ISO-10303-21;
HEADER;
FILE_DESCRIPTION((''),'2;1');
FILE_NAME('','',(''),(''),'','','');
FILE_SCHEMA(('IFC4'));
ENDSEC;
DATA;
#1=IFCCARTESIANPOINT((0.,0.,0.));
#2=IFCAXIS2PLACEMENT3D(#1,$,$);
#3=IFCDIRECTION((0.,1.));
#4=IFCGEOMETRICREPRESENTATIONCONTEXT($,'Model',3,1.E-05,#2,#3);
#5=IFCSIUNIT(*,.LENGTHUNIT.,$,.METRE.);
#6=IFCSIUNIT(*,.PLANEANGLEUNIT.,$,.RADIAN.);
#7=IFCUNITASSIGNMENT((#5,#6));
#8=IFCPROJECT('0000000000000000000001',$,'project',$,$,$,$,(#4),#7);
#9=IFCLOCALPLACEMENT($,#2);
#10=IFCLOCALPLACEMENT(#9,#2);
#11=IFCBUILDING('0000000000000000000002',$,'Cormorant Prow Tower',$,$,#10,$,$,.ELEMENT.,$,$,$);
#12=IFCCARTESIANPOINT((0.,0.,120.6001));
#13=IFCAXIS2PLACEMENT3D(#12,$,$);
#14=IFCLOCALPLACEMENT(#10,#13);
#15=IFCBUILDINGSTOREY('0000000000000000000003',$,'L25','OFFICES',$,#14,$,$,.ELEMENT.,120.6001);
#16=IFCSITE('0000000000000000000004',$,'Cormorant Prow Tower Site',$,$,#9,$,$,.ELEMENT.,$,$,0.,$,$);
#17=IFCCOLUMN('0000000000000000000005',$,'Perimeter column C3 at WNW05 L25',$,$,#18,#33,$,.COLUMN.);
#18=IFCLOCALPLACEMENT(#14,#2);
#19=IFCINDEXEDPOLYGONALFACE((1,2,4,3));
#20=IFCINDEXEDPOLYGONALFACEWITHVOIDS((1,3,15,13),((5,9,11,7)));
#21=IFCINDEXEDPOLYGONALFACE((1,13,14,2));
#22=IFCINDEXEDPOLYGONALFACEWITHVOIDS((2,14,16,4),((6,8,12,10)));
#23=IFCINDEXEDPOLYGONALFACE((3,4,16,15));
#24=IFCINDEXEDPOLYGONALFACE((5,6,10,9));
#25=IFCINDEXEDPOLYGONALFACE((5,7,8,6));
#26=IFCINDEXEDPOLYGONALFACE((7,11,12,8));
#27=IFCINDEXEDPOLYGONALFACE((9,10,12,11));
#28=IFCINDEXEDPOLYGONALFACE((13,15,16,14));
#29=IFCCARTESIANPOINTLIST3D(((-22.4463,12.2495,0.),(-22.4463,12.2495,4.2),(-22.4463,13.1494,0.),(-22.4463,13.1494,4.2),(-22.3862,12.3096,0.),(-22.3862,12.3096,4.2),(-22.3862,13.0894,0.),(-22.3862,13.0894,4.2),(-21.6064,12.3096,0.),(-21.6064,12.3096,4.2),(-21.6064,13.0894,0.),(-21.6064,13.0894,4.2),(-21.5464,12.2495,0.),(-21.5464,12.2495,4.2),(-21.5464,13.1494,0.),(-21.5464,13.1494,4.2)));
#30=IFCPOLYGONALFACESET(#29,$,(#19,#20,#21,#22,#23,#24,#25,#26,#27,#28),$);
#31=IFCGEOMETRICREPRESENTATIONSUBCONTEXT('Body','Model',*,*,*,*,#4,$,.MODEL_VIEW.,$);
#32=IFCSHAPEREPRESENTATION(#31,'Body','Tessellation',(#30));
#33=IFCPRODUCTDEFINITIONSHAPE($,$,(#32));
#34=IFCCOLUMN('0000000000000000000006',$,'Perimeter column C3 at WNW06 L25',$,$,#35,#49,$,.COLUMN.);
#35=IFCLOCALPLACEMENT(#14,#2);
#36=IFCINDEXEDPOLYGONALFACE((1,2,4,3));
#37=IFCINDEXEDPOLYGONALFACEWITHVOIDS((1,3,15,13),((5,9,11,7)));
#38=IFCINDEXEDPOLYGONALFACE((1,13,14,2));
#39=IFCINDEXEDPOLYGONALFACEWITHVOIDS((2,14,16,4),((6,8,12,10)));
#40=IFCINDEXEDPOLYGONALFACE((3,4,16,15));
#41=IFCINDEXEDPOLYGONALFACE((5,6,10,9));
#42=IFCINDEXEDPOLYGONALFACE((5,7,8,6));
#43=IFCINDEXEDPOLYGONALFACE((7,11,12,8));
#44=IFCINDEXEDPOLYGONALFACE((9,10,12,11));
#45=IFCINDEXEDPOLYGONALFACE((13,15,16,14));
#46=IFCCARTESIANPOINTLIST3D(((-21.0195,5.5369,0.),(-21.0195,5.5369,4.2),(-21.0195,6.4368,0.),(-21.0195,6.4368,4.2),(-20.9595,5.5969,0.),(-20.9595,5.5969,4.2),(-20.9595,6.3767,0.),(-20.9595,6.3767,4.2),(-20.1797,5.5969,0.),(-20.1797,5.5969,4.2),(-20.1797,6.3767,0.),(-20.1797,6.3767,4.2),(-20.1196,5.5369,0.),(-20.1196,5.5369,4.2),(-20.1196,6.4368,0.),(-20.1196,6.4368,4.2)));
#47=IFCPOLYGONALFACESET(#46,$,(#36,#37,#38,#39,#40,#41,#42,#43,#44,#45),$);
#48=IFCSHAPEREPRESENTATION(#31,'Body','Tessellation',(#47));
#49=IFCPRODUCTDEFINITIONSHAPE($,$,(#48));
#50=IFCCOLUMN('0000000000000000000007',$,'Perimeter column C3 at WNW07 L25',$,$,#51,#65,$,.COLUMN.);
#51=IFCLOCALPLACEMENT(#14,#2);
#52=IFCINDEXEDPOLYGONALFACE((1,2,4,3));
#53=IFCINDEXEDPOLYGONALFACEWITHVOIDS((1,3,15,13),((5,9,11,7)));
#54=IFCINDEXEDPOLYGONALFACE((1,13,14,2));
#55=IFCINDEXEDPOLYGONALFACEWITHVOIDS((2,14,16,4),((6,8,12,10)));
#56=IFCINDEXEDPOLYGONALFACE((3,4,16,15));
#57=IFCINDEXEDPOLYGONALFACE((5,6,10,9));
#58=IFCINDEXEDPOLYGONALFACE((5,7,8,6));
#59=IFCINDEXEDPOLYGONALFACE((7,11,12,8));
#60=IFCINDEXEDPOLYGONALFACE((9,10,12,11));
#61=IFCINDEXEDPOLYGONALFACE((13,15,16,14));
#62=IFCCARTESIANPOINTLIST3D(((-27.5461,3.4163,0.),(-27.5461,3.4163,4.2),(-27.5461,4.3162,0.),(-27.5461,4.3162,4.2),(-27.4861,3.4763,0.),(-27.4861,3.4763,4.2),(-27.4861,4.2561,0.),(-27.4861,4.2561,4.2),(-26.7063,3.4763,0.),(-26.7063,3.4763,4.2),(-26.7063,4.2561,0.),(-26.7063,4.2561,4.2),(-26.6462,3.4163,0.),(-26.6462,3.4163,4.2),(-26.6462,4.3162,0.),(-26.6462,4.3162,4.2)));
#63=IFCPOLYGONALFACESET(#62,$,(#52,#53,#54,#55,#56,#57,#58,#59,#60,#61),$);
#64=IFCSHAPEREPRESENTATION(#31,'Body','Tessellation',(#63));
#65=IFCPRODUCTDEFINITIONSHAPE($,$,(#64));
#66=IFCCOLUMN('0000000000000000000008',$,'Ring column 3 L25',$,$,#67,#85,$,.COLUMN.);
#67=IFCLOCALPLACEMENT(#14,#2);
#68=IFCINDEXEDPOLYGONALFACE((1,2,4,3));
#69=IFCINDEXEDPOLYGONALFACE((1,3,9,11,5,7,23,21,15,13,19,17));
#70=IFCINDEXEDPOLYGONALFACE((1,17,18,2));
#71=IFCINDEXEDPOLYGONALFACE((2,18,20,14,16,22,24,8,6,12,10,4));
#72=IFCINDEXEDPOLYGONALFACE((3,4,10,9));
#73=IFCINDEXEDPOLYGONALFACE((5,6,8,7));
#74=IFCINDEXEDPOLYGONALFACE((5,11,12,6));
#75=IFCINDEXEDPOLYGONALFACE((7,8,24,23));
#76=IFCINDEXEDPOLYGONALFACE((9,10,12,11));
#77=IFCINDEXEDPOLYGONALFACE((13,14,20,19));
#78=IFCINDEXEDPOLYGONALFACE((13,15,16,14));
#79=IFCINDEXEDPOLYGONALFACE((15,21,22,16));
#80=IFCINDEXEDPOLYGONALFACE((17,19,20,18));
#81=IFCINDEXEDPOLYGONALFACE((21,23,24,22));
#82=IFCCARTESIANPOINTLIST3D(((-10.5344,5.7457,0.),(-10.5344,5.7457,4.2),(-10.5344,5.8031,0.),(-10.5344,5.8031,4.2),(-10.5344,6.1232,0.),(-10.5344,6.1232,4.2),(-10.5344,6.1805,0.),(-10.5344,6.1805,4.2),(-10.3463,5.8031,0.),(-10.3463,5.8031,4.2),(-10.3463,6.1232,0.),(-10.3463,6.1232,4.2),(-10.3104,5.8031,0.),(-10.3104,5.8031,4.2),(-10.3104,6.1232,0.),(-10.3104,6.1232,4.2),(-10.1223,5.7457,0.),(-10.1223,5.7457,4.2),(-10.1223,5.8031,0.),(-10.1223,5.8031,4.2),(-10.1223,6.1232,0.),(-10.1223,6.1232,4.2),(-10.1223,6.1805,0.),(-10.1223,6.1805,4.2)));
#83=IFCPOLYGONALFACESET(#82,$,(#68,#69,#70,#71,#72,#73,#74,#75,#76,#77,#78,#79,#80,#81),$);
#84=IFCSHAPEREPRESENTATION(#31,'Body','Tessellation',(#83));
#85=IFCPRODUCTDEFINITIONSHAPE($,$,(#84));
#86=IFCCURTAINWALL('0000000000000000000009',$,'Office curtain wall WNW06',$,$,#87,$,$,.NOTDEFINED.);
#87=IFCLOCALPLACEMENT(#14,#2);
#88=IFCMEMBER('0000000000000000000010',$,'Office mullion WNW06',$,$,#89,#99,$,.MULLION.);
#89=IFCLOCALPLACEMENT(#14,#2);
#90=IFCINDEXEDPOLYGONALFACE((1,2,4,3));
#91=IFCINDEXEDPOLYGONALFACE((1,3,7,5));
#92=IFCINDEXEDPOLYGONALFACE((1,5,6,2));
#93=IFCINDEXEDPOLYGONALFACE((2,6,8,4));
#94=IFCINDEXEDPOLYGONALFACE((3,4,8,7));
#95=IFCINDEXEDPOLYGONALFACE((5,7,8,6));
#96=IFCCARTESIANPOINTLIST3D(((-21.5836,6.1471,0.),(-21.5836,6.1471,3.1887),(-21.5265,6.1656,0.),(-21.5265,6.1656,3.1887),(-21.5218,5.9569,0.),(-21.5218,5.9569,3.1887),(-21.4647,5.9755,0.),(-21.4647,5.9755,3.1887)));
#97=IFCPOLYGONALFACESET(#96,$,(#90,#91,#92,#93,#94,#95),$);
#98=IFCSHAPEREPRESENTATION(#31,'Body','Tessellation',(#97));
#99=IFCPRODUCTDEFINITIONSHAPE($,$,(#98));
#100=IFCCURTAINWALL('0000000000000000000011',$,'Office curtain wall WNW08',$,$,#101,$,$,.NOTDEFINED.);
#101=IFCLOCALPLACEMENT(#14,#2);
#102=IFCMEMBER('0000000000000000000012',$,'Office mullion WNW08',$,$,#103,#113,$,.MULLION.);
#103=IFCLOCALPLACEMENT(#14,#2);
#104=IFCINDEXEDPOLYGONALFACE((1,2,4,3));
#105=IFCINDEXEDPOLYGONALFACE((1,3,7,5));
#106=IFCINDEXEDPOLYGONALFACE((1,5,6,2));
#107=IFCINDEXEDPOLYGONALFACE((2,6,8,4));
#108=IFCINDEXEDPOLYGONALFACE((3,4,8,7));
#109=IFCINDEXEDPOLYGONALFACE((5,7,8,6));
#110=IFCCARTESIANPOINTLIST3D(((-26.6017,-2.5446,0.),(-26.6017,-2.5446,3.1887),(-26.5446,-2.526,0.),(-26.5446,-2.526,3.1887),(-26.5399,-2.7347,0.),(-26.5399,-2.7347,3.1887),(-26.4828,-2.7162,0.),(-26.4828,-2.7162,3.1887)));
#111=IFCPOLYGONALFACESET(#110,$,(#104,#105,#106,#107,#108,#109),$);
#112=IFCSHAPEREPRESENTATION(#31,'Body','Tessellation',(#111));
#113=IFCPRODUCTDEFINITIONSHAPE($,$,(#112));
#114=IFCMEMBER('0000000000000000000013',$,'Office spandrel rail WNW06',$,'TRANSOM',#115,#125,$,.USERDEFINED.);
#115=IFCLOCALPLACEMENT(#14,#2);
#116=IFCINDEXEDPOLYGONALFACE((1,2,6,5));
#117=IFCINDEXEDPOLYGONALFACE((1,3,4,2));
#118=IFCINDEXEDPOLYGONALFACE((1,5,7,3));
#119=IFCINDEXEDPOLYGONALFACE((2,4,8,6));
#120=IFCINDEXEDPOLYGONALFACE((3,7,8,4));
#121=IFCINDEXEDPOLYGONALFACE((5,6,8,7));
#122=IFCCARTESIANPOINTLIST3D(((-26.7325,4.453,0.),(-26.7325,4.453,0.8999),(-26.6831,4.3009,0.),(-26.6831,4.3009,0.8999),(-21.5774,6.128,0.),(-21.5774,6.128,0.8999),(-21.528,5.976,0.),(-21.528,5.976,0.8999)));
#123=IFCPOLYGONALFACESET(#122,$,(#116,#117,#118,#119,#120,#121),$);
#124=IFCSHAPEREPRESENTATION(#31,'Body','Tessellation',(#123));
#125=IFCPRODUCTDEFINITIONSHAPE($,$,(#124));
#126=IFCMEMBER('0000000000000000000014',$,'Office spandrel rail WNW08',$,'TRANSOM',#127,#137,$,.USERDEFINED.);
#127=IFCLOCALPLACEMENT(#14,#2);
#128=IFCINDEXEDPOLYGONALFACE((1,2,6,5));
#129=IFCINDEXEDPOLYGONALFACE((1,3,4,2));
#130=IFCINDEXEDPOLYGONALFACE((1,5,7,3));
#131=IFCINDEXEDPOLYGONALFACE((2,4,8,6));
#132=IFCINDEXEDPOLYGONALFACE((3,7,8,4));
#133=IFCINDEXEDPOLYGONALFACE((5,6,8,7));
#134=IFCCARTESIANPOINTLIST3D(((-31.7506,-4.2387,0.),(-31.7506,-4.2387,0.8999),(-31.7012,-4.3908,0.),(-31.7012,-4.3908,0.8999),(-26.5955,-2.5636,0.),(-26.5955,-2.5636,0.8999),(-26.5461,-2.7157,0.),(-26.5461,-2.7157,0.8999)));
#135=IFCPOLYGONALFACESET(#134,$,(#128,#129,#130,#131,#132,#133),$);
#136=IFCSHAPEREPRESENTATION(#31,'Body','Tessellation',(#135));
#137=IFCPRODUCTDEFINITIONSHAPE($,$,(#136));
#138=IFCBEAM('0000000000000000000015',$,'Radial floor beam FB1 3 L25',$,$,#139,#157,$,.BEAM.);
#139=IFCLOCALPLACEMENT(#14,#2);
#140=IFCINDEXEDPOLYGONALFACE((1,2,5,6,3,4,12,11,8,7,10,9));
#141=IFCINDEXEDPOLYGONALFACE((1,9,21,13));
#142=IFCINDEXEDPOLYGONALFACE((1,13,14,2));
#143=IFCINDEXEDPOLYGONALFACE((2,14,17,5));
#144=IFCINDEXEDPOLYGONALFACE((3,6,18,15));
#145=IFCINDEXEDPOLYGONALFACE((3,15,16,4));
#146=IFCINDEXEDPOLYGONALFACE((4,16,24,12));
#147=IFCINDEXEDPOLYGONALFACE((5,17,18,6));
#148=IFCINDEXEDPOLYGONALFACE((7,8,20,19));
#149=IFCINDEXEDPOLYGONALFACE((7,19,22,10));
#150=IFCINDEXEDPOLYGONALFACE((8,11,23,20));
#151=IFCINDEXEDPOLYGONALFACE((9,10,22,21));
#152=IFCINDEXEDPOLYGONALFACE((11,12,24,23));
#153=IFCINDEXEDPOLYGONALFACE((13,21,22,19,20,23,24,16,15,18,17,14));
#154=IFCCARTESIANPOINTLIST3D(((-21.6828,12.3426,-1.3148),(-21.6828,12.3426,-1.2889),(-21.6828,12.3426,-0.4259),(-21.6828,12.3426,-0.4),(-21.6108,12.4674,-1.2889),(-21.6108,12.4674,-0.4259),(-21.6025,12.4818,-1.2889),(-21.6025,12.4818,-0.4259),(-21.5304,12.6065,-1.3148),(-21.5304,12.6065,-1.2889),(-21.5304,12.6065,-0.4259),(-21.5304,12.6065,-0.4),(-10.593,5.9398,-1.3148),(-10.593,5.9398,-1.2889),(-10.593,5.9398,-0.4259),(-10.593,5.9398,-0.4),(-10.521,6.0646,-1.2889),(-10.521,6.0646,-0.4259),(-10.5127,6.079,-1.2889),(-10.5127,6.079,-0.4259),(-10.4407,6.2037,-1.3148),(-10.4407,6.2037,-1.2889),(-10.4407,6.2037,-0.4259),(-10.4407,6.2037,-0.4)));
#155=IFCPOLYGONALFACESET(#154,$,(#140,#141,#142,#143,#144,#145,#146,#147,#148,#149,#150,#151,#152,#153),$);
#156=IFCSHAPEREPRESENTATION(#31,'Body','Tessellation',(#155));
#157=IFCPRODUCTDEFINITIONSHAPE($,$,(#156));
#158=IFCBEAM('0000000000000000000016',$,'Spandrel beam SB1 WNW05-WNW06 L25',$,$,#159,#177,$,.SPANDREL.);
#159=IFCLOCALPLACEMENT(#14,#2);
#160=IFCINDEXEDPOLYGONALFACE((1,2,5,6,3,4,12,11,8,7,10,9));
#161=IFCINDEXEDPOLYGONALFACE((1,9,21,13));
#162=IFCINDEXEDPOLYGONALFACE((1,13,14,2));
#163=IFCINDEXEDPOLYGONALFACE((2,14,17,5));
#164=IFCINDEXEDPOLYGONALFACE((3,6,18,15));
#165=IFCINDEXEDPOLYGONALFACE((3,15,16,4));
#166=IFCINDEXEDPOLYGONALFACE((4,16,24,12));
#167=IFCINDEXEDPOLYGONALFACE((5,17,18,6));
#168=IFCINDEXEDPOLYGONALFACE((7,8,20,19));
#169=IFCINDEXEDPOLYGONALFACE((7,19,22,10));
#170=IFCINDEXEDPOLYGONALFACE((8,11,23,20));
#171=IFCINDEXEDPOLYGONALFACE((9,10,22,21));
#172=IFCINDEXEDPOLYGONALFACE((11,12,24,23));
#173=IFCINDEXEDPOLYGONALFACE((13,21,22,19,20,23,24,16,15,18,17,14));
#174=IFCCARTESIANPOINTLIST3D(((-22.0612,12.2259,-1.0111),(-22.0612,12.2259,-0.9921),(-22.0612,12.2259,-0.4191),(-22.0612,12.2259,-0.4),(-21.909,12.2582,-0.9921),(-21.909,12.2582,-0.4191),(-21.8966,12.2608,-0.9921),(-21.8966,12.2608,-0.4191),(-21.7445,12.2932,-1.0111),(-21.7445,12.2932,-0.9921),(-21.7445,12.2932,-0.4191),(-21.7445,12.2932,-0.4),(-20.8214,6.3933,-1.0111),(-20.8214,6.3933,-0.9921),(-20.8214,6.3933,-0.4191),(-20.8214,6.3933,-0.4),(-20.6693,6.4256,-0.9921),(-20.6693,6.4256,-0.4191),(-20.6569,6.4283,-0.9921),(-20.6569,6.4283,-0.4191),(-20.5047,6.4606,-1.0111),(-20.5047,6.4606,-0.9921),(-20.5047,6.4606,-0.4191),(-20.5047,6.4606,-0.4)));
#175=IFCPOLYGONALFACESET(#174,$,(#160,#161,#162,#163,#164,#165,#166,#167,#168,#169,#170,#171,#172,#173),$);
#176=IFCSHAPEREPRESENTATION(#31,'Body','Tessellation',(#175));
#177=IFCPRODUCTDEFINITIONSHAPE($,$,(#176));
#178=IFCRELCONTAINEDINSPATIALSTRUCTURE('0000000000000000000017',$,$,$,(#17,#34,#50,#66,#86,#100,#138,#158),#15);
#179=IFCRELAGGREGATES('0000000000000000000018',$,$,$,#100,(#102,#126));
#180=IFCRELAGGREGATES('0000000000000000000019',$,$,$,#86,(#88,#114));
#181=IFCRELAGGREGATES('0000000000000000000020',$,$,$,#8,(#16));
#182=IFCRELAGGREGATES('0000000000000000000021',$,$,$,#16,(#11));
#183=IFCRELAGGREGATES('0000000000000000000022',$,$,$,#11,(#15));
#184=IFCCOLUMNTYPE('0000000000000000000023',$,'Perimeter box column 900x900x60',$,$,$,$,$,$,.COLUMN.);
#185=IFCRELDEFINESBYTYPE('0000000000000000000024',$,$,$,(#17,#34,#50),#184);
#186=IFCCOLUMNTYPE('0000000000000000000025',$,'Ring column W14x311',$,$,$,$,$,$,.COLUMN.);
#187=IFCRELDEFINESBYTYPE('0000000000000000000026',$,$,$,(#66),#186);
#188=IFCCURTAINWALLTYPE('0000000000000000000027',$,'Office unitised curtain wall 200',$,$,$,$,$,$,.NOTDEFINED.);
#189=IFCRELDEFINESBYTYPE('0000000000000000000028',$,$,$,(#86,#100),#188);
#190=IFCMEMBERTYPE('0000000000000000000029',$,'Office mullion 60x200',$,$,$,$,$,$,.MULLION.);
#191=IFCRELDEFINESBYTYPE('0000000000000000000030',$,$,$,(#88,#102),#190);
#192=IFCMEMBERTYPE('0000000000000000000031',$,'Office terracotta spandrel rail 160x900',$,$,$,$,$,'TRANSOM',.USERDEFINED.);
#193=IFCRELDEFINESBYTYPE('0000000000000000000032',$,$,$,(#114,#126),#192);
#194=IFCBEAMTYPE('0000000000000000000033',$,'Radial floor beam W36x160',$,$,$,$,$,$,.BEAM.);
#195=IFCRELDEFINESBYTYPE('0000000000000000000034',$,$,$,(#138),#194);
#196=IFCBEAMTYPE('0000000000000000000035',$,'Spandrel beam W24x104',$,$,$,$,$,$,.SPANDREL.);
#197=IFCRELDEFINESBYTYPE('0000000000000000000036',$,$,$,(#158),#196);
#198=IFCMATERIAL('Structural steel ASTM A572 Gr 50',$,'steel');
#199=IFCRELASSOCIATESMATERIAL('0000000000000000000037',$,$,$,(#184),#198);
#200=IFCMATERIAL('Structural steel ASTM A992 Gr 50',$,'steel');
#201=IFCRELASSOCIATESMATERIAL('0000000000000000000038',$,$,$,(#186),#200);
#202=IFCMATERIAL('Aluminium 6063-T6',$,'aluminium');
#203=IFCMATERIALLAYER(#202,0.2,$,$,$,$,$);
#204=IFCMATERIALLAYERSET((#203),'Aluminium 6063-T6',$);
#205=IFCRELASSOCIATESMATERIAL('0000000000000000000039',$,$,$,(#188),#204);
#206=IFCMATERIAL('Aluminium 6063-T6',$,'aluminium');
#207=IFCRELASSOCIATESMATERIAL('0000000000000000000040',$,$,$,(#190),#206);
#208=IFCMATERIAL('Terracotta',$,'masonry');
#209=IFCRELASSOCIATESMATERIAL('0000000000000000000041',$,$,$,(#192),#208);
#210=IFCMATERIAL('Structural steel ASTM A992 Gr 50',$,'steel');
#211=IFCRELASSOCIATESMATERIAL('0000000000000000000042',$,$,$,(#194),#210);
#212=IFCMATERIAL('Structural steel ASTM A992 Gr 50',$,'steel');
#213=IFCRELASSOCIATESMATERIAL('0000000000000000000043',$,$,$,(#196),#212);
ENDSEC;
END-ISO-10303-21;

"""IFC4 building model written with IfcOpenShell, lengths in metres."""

from ifc_helpers import new_model, si_unit, direction, frame, origin, origin_2d, place, context, subcontext, project, spatial, rectangle, hollow_rectangle, i_section, extrude, material, layer, layer_set, material_profile, profile_set, type_object, element, aggregate, save


model = new_model("IFC4")

# Units and contexts
model_context = context("Model", 3, precision=1e-05, world=origin(), true_north=direction((0.0, 1.0)))
body_context = subcontext(model_context, "Body", "Model", "MODEL_VIEW")
ifc_project = project(units=[si_unit("LENGTHUNIT", "METRE"), si_unit("PLANEANGLEUNIT", "RADIAN")], contexts=[model_context])

# Site, building, storey
site_placement = place(None, origin())
site = spatial("IfcSite", under=ifc_project, at=site_placement, Name="Cormorant Prow Tower Site", CompositionType="ELEMENT", RefElevation=0.0)
building_placement = place(site_placement, origin())
building = spatial("IfcBuilding", under=site, at=building_placement, Name="Cormorant Prow Tower", CompositionType="ELEMENT")
storey_placement = place(building_placement, frame((0.0, 0.0, 120.6001)))
storey = spatial("IfcBuildingStorey", under=building, at=storey_placement, Name="L25", Description="OFFICES", CompositionType="ELEMENT", Elevation=120.6001)

# Columns
ifc_material_1 = material(Name="Structural steel ASTM A572 Gr 50", Category="steel")
ifc_material_profile_1 = material_profile(ifc_material_1, hollow_rectangle(XDim=0.8999, YDim=0.8999, WallThickness=0.0601, at=origin_2d()), Name="Box 900x900x60")
ifc_profile_set_1 = profile_set([ifc_material_profile_1], Name="Structural steel ASTM A572 Gr 50")
column_type_1 = type_object("IfcColumnType", Name="Perimeter box column 900x900x60", PredefinedType="COLUMN", material=ifc_profile_set_1)
for number, where, z_axis, x_axis, name in (
    (1, (-21.9963, 12.6995, 0.0), (0.0, 0.0, 1.0), (1.0, 0.0, 0.0), "Perimeter column C3 at WNW05 L25"),
    (2, (-20.5696, 5.9868, 0.0), (0.0, 0.0, 1.0), (1.0, 0.0, 0.0), "Perimeter column C3 at WNW06 L25"),
    (3, (-27.0962, 3.8662, 0.0), (0.0, 0.0, 1.0), (1.0, 0.0, 0.0), "Perimeter column C3 at WNW07 L25"),
):
    element("IfcColumn", number, at=place(storey_placement, frame(where, z_axis=z_axis, x_axis=x_axis)), inside=storey, type_object=column_type_1, Name=name, PredefinedType="COLUMN", context=body_context, shape_type="SweptSolid", body=[
        extrude(hollow_rectangle(XDim=0.8999, YDim=0.8999, WallThickness=0.0601, at=origin_2d()), origin(), (0.0, 0.0, 1.0), 4.2),
    ])
ifc_material_2 = material(Name="Structural steel ASTM A992 Gr 50", Category="steel")
ifc_material_profile_2 = material_profile(ifc_material_2, i_section(OverallWidth=0.4121, OverallDepth=0.4348, WebThickness=0.0359, FlangeThickness=0.0574, at=origin_2d()), Name="W14x311")
ifc_profile_set_2 = profile_set([ifc_material_profile_2], Name="Structural steel ASTM A992 Gr 50")
column_type_2 = type_object("IfcColumnType", Name="Ring column W14x311", PredefinedType="COLUMN", material=ifc_profile_set_2)
column_placement = place(storey_placement, frame((-10.3284, 5.9631, 0.0), z_axis=(0.0, 0.0, 1.0), x_axis=(1.0, 0.0, 0.0)))
element("IfcColumn", 4, at=column_placement, inside=storey, type_object=column_type_2, Name="Ring column 3 L25", PredefinedType="COLUMN", context=body_context, shape_type="SweptSolid", body=[
    extrude(i_section(OverallWidth=0.4121, OverallDepth=0.4348, WebThickness=0.0359, FlangeThickness=0.0574, at=origin_2d()), origin(), (0.0, 0.0, 1.0), 4.2),
])

# Curtain walls, members
ifc_material_3 = material(Name="Aluminium 6063-T6", Category="aluminium")
ifc_layer_1 = layer(ifc_material_3, 0.2)
ifc_layer_set_1 = layer_set([ifc_layer_1], Name="Aluminium 6063-T6")
curtain_wall_type = type_object("IfcCurtainWallType", Name="Office unitised curtain wall 200", PredefinedType="NOTDEFINED", material=ifc_layer_set_1)
curtain_wall_1_placement = place(storey_placement, origin())
curtain_wall_1 = element("IfcCurtainWall", 5, at=curtain_wall_1_placement, inside=storey, type_object=curtain_wall_type, Name="Office curtain wall WNW06", PredefinedType="NOTDEFINED")
ifc_material_4 = material(Name="Aluminium 6063-T6", Category="aluminium")
ifc_material_profile_3 = material_profile(ifc_material_4, rectangle(XDim=0.2, YDim=0.0601, at=origin_2d()), Name="Office mullion 60x200")
ifc_profile_set_3 = profile_set([ifc_material_profile_3], Name="Aluminium 6063-T6")
member_type_1 = type_object("IfcMemberType", Name="Office mullion 60x200", PredefinedType="MULLION", material=ifc_profile_set_3)
member_1_placement = place(storey_placement, frame((-21.5242, 6.0613, 0.0), z_axis=(0.0, 0.0, 1.0), x_axis=(0.309017, -0.951057, 0.0)))
member_1 = element("IfcMember", 6, at=member_1_placement, type_object=member_type_1, Name="Office mullion WNW06", PredefinedType="MULLION", context=body_context, shape_type="SweptSolid", body=[
    extrude(rectangle(XDim=0.2, YDim=0.0601, at=origin_2d()), origin(), (0.0, 0.0, 1.0), 3.1887),
])
curtain_wall_2_placement = place(storey_placement, origin())
curtain_wall_2 = element("IfcCurtainWall", 7, at=curtain_wall_2_placement, inside=storey, type_object=curtain_wall_type, Name="Office curtain wall WNW08", PredefinedType="NOTDEFINED")
member_2_placement = place(storey_placement, frame((-26.5422, -2.6304, 0.0), z_axis=(0.0, 0.0, 1.0), x_axis=(0.309017, -0.951057, 0.0)))
member_2 = element("IfcMember", 8, at=member_2_placement, type_object=member_type_1, Name="Office mullion WNW08", PredefinedType="MULLION", context=body_context, shape_type="SweptSolid", body=[
    extrude(rectangle(XDim=0.2, YDim=0.0601, at=origin_2d()), origin(), (0.0, 0.0, 1.0), 3.1887),
])

# Members
ifc_material_5 = material(Name="Terracotta", Category="masonry")
ifc_material_profile_4 = material_profile(ifc_material_5, rectangle(XDim=0.1599, YDim=0.8999, at=origin_2d()), Name="Office terracotta spandrel rail 160x900")
ifc_profile_set_4 = profile_set([ifc_material_profile_4], Name="Terracotta")
member_type_2 = type_object("IfcMemberType", Name="Office terracotta spandrel rail 160x900", ElementType="TRANSOM", PredefinedType="USERDEFINED", material=ifc_profile_set_4)
member_3_placement = place(storey_placement, frame((-21.5527, 6.052, 0.45), z_axis=(-0.951052, -0.30903, 0.0), x_axis=(0.30903, -0.951052, 0.0)))
member_3 = element("IfcMember", 9, at=member_3_placement, type_object=member_type_2, Name="Office spandrel rail WNW06", ObjectType="TRANSOM", PredefinedType="USERDEFINED", context=body_context, shape_type="SweptSolid", body=[
    extrude(rectangle(XDim=0.1599, YDim=0.8999, at=origin_2d()), origin(), (0.0, 0.0, 1.0), 5.4204),
])
member_4_placement = place(storey_placement, frame((-26.5708, -2.6396, 0.45), z_axis=(-0.951052, -0.30903, 0.0), x_axis=(0.30903, -0.951052, 0.0)))
member_4 = element("IfcMember", 10, at=member_4_placement, type_object=member_type_2, Name="Office spandrel rail WNW08", ObjectType="TRANSOM", PredefinedType="USERDEFINED", context=body_context, shape_type="SweptSolid", body=[
    extrude(rectangle(XDim=0.1599, YDim=0.8999, at=origin_2d()), origin(), (0.0, 0.0, 1.0), 5.4204),
])
aggregate(curtain_wall_2, [member_2, member_4])

# Beams
ifc_material_6 = material(Name="Structural steel ASTM A992 Gr 50", Category="steel")
ifc_material_profile_5 = material_profile(ifc_material_6, i_section(OverallWidth=0.3047, OverallDepth=0.9148, WebThickness=0.0166, FlangeThickness=0.0259, at=origin_2d()), Name="W36x160")
ifc_profile_set_5 = profile_set([ifc_material_profile_5], Name="Structural steel ASTM A992 Gr 50")
beam_type_1 = type_object("IfcBeamType", Name="Radial floor beam W36x160", PredefinedType="BEAM", material=ifc_profile_set_5)
beam_1_placement = place(storey_placement, frame((-10.5168, 6.0718, -0.8574), z_axis=(-0.866022, 0.500006, 0.0), x_axis=(-0.500006, -0.866022, 0.0)))
element("IfcBeam", 11, at=beam_1_placement, inside=storey, type_object=beam_type_1, Name="Radial floor beam FB1 3 L25", PredefinedType="BEAM", context=body_context, shape_type="SweptSolid", body=[
    extrude(i_section(OverallWidth=0.3047, OverallDepth=0.9148, WebThickness=0.0166, FlangeThickness=0.0259, at=origin_2d()), origin(), (0.0, 0.0, 1.0), 12.8054),
])
ifc_material_7 = material(Name="Structural steel ASTM A992 Gr 50", Category="steel")
ifc_material_profile_6 = material_profile(ifc_material_7, i_section(OverallWidth=0.3237, OverallDepth=0.6111, WebThickness=0.0127, FlangeThickness=0.019, at=origin_2d()), Name="W24x104")
ifc_profile_set_6 = profile_set([ifc_material_profile_6], Name="Structural steel ASTM A992 Gr 50")
beam_type_2 = type_object("IfcBeamType", Name="Spandrel beam W24x104", PredefinedType="SPANDREL", material=ifc_profile_set_6)
beam_2_placement = place(storey_placement, frame((-21.9028, 12.2595, -0.7056), z_axis=(0.207913, -0.978147, 0.0), x_axis=(0.978147, 0.207913, 0.0)))
element("IfcBeam", 12, at=beam_2_placement, inside=storey, type_object=beam_type_2, Name="Spandrel beam SB1 WNW05-WNW06 L25", PredefinedType="SPANDREL", context=body_context, shape_type="SweptSolid", body=[
    extrude(i_section(OverallWidth=0.3237, OverallDepth=0.6111, WebThickness=0.0127, FlangeThickness=0.019, at=origin_2d()), origin(), (0.0, 0.0, 1.0), 5.9629),
])

aggregate(curtain_wall_1, [member_1, member_3])

save(model, "model.ifc")
